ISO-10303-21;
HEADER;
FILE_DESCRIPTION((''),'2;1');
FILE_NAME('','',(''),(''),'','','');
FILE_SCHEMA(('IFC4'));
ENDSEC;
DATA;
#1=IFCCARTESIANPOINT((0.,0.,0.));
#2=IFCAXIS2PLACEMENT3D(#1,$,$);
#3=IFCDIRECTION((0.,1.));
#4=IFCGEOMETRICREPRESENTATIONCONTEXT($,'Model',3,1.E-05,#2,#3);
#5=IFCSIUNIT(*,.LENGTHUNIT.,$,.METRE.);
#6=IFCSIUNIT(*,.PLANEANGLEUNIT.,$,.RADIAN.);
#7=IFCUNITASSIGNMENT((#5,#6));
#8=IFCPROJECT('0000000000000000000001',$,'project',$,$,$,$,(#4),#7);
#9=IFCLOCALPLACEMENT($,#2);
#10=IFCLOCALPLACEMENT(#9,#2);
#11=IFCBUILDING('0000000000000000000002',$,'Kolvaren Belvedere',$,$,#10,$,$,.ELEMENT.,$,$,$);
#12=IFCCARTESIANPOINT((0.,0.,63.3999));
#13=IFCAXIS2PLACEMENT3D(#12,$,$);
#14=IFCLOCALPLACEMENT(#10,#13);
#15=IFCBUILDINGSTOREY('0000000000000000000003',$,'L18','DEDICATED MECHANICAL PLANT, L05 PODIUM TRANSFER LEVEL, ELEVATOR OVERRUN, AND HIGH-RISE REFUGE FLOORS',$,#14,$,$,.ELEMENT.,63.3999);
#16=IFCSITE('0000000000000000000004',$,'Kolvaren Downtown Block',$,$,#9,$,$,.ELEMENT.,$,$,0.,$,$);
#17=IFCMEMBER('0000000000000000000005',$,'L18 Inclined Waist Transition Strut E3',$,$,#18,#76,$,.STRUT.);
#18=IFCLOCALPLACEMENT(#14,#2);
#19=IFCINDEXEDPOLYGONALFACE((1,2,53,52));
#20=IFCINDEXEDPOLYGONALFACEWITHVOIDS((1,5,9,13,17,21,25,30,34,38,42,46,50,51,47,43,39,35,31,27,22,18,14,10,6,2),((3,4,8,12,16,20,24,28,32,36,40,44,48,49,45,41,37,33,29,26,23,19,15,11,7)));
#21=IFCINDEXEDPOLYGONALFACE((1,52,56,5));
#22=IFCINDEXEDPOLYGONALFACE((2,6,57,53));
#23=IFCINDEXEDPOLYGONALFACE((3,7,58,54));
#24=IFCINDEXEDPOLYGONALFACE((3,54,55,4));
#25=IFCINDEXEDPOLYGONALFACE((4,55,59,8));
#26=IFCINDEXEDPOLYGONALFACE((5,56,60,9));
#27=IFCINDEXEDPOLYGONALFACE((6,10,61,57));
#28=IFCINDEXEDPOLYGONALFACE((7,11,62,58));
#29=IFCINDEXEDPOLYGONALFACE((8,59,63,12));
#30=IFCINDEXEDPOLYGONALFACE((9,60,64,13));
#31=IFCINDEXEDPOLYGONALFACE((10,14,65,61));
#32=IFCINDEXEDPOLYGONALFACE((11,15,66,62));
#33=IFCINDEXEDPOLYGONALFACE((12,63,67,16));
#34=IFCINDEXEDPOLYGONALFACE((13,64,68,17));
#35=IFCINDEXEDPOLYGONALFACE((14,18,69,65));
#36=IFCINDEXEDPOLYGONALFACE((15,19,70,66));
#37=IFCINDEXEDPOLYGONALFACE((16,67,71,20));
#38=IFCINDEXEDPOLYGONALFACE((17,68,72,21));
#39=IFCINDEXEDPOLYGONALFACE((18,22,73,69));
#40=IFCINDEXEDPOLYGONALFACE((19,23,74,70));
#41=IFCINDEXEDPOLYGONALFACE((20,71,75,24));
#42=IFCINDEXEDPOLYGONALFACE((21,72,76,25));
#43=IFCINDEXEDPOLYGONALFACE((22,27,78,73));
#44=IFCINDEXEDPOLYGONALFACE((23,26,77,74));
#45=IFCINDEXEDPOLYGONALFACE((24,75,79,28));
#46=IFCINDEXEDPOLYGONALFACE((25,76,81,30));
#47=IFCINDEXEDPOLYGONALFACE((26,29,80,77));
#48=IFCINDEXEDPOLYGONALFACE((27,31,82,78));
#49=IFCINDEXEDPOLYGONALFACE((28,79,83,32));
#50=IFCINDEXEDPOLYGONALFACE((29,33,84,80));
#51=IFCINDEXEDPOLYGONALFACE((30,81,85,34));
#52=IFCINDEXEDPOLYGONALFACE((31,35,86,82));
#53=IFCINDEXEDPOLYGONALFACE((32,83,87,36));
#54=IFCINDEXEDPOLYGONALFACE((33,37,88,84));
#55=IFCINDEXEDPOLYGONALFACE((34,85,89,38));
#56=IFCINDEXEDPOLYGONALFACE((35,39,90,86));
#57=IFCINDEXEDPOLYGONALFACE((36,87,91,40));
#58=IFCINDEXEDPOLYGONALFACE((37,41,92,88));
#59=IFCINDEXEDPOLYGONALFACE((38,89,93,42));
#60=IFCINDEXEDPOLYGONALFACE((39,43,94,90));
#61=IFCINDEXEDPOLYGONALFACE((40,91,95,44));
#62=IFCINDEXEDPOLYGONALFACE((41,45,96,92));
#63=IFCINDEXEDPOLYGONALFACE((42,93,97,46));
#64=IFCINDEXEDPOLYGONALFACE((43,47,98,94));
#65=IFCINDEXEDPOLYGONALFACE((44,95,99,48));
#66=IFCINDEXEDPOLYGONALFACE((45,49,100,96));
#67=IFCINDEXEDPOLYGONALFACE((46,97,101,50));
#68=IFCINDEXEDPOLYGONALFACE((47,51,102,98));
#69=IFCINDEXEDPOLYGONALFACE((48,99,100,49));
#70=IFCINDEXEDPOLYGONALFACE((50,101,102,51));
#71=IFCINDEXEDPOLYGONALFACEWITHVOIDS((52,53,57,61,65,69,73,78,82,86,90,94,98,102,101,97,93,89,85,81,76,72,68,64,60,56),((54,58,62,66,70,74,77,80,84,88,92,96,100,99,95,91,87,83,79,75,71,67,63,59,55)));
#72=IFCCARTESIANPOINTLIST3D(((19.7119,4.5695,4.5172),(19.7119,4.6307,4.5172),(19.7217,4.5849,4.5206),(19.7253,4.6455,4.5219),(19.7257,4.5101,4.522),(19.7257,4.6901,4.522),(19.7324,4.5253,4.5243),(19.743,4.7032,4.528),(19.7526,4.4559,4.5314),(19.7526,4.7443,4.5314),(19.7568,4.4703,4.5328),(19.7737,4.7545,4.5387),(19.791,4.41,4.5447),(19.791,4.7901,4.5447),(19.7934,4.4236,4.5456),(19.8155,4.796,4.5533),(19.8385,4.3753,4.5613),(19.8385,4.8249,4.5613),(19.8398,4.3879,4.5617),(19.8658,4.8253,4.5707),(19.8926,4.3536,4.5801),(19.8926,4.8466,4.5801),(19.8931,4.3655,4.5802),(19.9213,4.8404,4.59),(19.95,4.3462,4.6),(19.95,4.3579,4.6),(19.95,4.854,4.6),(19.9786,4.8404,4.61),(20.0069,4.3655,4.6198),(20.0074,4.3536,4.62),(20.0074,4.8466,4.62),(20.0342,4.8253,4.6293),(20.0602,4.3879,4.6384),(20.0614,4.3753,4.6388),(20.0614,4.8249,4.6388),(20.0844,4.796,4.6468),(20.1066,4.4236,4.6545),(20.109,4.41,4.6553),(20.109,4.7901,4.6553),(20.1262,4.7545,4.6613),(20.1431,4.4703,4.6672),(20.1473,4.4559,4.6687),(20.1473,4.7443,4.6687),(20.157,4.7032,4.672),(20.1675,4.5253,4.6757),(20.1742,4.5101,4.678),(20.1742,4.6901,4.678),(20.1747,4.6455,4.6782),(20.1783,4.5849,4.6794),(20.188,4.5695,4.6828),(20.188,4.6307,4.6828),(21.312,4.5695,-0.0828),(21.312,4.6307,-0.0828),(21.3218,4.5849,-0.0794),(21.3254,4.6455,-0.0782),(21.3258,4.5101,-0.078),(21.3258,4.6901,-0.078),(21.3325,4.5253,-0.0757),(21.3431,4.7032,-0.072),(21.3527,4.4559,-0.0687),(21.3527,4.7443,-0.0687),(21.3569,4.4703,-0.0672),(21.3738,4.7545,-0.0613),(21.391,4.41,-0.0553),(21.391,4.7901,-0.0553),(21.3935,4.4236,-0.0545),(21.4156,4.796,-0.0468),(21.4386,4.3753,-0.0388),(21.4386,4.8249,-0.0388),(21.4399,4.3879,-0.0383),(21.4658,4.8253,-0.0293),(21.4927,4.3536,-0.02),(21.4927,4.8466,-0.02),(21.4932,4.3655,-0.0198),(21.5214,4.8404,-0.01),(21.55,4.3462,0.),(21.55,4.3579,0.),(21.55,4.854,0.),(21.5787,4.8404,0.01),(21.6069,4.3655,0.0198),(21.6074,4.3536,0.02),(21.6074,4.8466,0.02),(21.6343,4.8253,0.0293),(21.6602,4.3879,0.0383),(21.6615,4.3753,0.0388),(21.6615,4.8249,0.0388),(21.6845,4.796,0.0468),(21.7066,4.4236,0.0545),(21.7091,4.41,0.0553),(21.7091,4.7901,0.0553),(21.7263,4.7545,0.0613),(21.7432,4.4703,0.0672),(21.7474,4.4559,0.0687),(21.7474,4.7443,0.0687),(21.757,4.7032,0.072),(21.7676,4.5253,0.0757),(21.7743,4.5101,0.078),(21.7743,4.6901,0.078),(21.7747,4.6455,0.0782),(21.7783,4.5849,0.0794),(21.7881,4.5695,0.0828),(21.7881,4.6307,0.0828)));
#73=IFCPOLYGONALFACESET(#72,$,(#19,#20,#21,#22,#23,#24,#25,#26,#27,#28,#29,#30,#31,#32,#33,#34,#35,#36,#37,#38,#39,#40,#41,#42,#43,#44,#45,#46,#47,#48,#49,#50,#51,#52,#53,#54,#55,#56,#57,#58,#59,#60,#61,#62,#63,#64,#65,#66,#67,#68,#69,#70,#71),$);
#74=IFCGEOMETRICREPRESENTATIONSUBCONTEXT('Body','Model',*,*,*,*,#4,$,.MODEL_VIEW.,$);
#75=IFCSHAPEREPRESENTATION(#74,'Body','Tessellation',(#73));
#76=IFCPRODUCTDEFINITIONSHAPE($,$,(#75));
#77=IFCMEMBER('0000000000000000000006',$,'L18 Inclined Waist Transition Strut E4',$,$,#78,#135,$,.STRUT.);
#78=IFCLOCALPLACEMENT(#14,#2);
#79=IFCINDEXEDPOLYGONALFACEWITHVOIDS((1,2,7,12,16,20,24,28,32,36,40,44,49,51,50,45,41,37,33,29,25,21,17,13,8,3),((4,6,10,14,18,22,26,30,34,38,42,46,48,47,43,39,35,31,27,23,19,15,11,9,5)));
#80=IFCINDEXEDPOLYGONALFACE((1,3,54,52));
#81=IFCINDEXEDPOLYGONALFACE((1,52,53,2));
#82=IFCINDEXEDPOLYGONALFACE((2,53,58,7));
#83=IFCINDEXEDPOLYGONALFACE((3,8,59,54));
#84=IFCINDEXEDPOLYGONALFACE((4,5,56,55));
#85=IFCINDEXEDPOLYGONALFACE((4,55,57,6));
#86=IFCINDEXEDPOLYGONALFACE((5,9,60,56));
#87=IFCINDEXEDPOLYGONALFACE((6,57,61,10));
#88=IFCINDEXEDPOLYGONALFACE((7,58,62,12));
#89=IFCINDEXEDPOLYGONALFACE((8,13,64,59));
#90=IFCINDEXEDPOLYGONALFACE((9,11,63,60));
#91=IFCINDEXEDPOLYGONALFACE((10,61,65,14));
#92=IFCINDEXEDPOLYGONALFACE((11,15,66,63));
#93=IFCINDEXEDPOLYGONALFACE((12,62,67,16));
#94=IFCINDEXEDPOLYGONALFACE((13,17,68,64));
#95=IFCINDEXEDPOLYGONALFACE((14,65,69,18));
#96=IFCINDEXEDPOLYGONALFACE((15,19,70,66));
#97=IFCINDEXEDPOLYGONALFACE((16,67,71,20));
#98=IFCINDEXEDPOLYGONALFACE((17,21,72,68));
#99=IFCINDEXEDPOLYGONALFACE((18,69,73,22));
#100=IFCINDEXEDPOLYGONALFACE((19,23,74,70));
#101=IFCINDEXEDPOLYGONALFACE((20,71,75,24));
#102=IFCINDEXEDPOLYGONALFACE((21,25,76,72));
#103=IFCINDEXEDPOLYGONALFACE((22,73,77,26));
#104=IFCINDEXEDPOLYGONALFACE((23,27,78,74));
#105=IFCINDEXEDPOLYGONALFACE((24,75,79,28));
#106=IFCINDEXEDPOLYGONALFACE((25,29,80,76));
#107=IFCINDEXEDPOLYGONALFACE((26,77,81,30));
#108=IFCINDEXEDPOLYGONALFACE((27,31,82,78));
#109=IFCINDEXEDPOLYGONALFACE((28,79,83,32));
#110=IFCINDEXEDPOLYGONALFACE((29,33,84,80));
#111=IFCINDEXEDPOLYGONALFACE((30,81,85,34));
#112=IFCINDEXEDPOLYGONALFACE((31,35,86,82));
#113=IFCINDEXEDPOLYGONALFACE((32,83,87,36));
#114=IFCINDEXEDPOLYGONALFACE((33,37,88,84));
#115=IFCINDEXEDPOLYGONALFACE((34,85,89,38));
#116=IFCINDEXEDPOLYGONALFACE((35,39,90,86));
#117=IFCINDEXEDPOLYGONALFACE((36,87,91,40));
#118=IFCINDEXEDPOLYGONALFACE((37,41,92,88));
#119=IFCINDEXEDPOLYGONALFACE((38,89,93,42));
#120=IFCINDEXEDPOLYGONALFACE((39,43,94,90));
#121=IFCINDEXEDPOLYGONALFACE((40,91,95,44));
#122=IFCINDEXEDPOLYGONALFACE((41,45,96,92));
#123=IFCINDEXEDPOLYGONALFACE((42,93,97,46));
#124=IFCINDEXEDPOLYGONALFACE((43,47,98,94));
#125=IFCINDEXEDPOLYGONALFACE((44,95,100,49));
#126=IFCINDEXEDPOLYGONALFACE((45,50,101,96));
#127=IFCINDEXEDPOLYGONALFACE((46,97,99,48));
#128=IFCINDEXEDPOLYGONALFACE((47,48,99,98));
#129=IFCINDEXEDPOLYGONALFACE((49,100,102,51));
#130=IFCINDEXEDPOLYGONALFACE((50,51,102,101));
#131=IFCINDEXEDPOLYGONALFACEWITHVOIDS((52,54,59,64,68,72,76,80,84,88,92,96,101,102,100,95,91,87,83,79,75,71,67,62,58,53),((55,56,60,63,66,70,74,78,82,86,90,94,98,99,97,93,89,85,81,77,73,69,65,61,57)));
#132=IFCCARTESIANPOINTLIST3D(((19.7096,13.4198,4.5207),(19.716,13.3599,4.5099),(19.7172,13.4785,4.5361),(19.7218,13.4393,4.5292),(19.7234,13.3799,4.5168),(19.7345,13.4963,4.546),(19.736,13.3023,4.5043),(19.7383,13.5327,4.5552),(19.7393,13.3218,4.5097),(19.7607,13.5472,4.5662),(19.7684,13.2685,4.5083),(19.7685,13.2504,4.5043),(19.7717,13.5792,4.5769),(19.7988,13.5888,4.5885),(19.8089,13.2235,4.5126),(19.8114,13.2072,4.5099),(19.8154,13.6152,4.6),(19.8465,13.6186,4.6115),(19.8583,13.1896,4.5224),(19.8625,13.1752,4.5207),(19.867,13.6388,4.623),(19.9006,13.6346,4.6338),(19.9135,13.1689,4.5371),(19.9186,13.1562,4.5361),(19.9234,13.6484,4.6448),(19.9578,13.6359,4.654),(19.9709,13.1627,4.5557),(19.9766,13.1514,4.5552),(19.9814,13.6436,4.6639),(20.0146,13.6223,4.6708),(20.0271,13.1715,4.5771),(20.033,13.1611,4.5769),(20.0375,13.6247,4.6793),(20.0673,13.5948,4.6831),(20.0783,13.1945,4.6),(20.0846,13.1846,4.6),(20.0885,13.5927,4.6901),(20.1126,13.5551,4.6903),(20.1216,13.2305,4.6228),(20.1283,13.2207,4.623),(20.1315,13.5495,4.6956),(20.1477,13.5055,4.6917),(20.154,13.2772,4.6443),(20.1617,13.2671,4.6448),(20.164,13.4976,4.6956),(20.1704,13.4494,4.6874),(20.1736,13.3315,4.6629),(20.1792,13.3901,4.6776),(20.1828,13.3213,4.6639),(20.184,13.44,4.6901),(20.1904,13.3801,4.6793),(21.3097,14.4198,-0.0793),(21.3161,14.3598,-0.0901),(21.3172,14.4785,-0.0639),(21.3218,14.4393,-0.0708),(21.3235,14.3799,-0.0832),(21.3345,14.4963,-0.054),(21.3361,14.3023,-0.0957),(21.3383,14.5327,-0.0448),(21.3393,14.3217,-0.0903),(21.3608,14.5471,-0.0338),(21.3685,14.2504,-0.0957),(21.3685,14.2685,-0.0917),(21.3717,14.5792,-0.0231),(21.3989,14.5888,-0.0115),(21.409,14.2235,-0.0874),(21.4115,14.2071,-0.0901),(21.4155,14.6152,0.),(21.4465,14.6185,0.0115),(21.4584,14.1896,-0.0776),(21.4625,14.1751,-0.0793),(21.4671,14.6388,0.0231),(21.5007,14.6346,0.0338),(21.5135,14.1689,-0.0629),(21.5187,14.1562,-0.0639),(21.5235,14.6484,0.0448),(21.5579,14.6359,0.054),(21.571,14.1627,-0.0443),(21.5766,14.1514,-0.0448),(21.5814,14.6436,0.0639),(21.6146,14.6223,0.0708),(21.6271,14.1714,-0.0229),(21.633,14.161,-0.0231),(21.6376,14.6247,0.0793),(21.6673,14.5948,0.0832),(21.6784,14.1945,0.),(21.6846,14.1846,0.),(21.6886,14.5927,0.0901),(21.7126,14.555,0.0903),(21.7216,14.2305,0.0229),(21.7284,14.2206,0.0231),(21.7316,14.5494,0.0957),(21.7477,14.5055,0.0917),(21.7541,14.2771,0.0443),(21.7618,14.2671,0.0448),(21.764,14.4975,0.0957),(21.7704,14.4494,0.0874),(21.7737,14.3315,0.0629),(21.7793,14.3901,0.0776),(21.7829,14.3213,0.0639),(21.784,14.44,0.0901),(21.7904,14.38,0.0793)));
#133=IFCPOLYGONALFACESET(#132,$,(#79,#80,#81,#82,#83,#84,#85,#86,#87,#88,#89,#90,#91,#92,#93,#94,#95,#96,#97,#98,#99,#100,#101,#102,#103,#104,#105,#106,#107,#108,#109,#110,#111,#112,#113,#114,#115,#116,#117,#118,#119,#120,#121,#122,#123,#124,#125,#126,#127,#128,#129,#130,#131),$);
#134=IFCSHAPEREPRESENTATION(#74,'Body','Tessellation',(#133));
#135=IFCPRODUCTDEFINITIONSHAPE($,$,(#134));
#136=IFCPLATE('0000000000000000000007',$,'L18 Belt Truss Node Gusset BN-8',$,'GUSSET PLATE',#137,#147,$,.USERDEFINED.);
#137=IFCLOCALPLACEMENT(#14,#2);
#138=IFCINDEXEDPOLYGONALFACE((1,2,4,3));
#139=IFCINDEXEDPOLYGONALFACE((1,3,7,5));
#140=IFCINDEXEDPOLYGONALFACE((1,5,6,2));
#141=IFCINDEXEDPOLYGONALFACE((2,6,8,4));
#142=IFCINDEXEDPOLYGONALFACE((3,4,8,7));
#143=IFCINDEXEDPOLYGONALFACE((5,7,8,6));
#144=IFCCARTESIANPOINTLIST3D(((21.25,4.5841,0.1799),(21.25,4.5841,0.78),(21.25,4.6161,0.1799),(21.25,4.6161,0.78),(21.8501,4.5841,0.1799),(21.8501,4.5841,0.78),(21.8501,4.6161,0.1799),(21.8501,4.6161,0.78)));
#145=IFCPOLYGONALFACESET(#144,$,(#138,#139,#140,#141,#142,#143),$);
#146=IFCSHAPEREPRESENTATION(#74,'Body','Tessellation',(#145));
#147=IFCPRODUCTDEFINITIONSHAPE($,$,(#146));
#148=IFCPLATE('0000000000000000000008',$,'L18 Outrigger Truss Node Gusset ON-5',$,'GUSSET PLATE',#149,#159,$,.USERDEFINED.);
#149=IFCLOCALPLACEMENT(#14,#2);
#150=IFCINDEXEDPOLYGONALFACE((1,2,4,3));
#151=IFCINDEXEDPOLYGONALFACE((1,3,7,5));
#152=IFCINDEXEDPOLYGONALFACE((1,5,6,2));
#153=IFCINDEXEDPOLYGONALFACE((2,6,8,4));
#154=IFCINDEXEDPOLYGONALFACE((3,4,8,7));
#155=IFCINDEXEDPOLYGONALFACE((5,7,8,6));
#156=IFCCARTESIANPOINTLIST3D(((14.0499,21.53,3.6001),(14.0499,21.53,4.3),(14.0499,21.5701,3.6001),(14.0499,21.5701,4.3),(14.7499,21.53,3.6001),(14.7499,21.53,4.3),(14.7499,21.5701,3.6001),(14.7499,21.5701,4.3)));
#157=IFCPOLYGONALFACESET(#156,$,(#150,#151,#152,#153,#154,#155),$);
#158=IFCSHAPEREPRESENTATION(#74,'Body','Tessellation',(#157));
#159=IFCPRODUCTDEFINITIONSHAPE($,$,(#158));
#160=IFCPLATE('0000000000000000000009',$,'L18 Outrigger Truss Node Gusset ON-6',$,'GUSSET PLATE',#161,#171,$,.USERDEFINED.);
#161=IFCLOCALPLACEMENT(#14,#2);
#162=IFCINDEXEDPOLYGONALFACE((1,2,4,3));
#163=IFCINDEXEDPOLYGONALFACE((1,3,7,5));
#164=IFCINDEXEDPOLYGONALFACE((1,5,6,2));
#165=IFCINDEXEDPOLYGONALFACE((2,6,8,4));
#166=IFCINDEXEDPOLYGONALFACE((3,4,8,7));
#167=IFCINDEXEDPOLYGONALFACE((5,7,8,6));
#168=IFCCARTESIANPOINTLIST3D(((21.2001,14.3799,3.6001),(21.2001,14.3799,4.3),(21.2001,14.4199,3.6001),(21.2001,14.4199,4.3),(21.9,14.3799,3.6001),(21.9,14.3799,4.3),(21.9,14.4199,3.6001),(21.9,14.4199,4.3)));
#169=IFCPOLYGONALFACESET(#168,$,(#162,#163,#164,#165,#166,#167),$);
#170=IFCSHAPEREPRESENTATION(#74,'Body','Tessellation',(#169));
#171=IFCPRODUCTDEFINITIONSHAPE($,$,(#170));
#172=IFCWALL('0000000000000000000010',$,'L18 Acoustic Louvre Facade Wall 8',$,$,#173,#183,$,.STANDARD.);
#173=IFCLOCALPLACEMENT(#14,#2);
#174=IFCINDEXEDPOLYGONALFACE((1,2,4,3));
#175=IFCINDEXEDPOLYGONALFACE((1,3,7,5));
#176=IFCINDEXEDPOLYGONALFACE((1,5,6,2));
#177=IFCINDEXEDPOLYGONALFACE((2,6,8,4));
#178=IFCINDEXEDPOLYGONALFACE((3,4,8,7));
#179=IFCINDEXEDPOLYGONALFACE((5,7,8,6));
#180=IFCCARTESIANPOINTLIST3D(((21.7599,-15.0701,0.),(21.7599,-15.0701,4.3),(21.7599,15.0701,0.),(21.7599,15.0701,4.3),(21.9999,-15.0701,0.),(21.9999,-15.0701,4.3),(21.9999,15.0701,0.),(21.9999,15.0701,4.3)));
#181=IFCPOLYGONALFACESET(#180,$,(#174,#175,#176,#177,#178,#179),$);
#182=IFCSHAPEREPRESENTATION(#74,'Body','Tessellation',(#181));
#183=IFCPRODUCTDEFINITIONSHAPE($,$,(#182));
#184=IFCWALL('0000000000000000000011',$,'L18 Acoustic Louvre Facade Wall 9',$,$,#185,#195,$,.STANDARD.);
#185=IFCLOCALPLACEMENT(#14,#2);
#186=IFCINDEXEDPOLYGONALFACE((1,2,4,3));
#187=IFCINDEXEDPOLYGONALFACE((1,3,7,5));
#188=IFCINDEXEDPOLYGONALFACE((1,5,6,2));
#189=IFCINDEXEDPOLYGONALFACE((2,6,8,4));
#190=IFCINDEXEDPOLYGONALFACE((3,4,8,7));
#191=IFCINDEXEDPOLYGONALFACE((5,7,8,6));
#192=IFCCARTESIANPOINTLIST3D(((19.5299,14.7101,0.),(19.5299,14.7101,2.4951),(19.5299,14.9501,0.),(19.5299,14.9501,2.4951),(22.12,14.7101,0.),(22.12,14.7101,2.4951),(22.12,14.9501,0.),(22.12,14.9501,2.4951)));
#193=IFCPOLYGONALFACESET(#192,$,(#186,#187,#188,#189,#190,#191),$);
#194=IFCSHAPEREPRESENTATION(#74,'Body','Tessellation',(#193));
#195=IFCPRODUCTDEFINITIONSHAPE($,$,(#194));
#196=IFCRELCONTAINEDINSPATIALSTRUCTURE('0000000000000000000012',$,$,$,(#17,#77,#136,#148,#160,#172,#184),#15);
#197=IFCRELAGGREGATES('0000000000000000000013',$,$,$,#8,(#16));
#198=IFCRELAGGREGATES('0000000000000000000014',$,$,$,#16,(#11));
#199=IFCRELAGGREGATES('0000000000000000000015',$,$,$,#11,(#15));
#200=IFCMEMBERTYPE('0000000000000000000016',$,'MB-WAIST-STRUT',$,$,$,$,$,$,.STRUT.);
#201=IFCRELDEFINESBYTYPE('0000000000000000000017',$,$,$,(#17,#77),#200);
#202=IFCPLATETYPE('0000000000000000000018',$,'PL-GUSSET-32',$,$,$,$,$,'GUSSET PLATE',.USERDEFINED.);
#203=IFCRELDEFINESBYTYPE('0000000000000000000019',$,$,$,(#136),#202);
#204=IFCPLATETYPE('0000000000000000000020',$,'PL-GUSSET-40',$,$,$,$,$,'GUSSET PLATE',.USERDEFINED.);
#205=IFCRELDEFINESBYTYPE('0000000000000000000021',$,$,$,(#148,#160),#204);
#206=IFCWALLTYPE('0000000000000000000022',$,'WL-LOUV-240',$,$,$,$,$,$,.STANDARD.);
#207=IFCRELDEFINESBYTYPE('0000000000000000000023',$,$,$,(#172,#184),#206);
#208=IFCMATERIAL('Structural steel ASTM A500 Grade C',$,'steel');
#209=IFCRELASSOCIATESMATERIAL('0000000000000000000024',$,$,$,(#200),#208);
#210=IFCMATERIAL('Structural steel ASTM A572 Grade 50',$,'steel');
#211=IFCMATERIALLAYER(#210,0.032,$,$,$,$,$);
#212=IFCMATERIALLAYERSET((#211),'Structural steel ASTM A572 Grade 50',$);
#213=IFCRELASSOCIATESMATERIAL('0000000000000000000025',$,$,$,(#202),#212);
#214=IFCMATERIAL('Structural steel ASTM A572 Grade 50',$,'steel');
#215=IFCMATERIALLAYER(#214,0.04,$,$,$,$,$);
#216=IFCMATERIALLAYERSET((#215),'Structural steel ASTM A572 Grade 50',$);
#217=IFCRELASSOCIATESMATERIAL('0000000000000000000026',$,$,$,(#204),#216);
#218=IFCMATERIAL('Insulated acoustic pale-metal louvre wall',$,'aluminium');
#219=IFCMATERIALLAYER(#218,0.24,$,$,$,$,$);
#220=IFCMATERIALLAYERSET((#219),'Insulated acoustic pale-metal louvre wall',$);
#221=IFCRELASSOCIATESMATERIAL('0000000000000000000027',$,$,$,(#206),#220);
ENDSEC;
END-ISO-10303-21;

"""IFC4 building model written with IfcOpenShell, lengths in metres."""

from ifc_helpers import new_model, si_unit, direction, frame, frame_2d, origin, origin_2d, place, context, subcontext, project, spatial, rectangle, hollow_circle, extrude, material, layer, layer_set, material_profile, profile_set, type_object, element, save


model = new_model("IFC4")

# Units and contexts
model_context = context("Model", 3, precision=1e-05, world=origin(), true_north=direction((0.0, 1.0)))
body_context = subcontext(model_context, "Body", "Model", "MODEL_VIEW")
ifc_project = project(units=[si_unit("LENGTHUNIT", "METRE"), si_unit("PLANEANGLEUNIT", "RADIAN")], contexts=[model_context])

# Site, building, storey
site_placement = place(None, origin())
site = spatial("IfcSite", under=ifc_project, at=site_placement, Name="Kolvaren Downtown Block", CompositionType="ELEMENT", RefElevation=0.0)
building_placement = place(site_placement, origin())
building = spatial("IfcBuilding", under=site, at=building_placement, Name="Kolvaren Belvedere", CompositionType="ELEMENT")
storey_placement = place(building_placement, frame((0.0, 0.0, 63.3999)))
storey = spatial("IfcBuildingStorey", under=building, at=storey_placement, Name="L18", Description="DEDICATED MECHANICAL PLANT, L05 PODIUM TRANSFER LEVEL, ELEVATOR OVERRUN, AND HIGH-RISE REFUGE FLOORS", CompositionType="ELEMENT", Elevation=63.3999)

# Members
ifc_material_1 = material(Name="Structural steel ASTM A500 Grade C", Category="steel")
ifc_material_profile_1 = material_profile(ifc_material_1, hollow_circle(Radius=0.2539, WallThickness=0.0117, at=origin_2d()), Name="HSS20.000X0.500")
ifc_profile_set_1 = profile_set([ifc_material_profile_1], Name="Structural steel ASTM A500 Grade C")
member_type_1 = type_object("IfcMemberType", Name="MB-WAIST-STRUT", PredefinedType="STRUT", material=ifc_profile_set_1)
member_1_placement = place(storey_placement, frame((21.55, 4.6001, 0.0), z_axis=(-0.328532, 0.0, 0.944493), x_axis=(0.0, -1.0, 0.0)))
element("IfcMember", 1, at=member_1_placement, inside=storey, type_object=member_type_1, Name="L18 Inclined Waist Transition Strut E3", PredefinedType="STRUT", context=body_context, shape_type="SweptSolid", body=[
    extrude(hollow_circle(Radius=0.2539, WallThickness=0.0117, at=origin_2d()), origin(), (0.0, 0.0, 1.0), 4.8704),
])
member_2_placement = place(storey_placement, frame((21.55, 14.3999, 0.0), z_axis=(-0.321819, -0.201125, 0.925193), x_axis=(0.529976, -0.848013, 0.0)))
element("IfcMember", 2, at=member_2_placement, inside=storey, type_object=member_type_1, Name="L18 Inclined Waist Transition Strut E4", PredefinedType="STRUT", context=body_context, shape_type="SweptSolid", body=[
    extrude(hollow_circle(Radius=0.2539, WallThickness=0.0117, at=origin_2d()), origin(), (0.0, 0.0, 1.0), 4.9719),
])

# Plates
ifc_material_2 = material(Name="Structural steel ASTM A572 Grade 50", Category="steel")
ifc_layer_1 = layer(ifc_material_2, 0.032)
ifc_layer_set_1 = layer_set([ifc_layer_1], Name="Structural steel ASTM A572 Grade 50")
plate_type_1 = type_object("IfcPlateType", Name="PL-GUSSET-32", ElementType="GUSSET PLATE", PredefinedType="USERDEFINED", material=ifc_layer_set_1)
plate_placement = place(storey_placement, frame((21.55, 4.6001, 0.1799), z_axis=(0.0, 0.0, 1.0), x_axis=(1.0, 0.0, 0.0)))
element("IfcPlate", 3, at=plate_placement, inside=storey, type_object=plate_type_1, Name="L18 Belt Truss Node Gusset BN-8", ObjectType="GUSSET PLATE", PredefinedType="USERDEFINED", context=body_context, shape_type="SweptSolid", body=[
    extrude(rectangle(XDim=0.6001, YDim=0.032, at=origin_2d()), origin(), (0.0, 0.0, 1.0), 0.6001),
])
ifc_material_3 = material(Name="Structural steel ASTM A572 Grade 50", Category="steel")
ifc_layer_2 = layer(ifc_material_3, 0.04)
ifc_layer_set_2 = layer_set([ifc_layer_2], Name="Structural steel ASTM A572 Grade 50")
plate_type_2 = type_object("IfcPlateType", Name="PL-GUSSET-40", ElementType="GUSSET PLATE", PredefinedType="USERDEFINED", material=ifc_layer_set_2)
for number, where, z_axis, x_axis, name in (
    (4, (14.3999, 21.55, 3.6001), (0.0, 0.0, 1.0), (1.0, 0.0, 0.0), "L18 Outrigger Truss Node Gusset ON-5"),
    (5, (21.55, 14.3999, 3.6001), (0.0, 0.0, 1.0), (1.0, 0.0, 0.0), "L18 Outrigger Truss Node Gusset ON-6"),
):
    element("IfcPlate", number, at=place(storey_placement, frame(where, z_axis=z_axis, x_axis=x_axis)), inside=storey, type_object=plate_type_2, Name=name, ObjectType="GUSSET PLATE", PredefinedType="USERDEFINED", context=body_context, shape_type="SweptSolid", body=[
        extrude(rectangle(XDim=0.7, YDim=0.04, at=origin_2d()), origin(), (0.0, 0.0, 1.0), 0.7),
    ])

# Walls
ifc_material_4 = material(Name="Insulated acoustic pale-metal louvre wall", Category="aluminium")
ifc_layer_3 = layer(ifc_material_4, 0.24)
ifc_layer_set_3 = layer_set([ifc_layer_3], Name="Insulated acoustic pale-metal louvre wall")
wall_type_1 = type_object("IfcWallType", Name="WL-LOUV-240", PredefinedType="STANDARD", material=ifc_layer_set_3)
wall_1_placement = place(storey_placement, frame((21.8799, 15.0701, 0.0), z_axis=(0.0, 0.0, 1.0), x_axis=(0.0, -1.0, 0.0)))
element("IfcWall", 6, at=wall_1_placement, inside=storey, type_object=wall_type_1, Name="L18 Acoustic Louvre Facade Wall 8", PredefinedType="STANDARD", context=body_context, shape_type="SweptSolid", body=[
    extrude(rectangle(XDim=30.1401, YDim=0.24, at=frame_2d((15.0701, 0.0))), origin(), (0.0, 0.0, 1.0), 4.3),
])
wall_2_placement = place(storey_placement, frame((19.53, 14.8301, 0.0), z_axis=(0.0, 0.0, 1.0), x_axis=(1.0, 0.0, 0.0)))
element("IfcWall", 7, at=wall_2_placement, inside=storey, type_object=wall_type_1, Name="L18 Acoustic Louvre Facade Wall 9", PredefinedType="STANDARD", context=body_context, shape_type="SweptSolid", body=[
    extrude(rectangle(XDim=2.5901, YDim=0.24, at=frame_2d((1.2949, 0.0))), origin(), (0.0, 0.0, 1.0), 2.4951),
])

save(model, "model.ifc")
